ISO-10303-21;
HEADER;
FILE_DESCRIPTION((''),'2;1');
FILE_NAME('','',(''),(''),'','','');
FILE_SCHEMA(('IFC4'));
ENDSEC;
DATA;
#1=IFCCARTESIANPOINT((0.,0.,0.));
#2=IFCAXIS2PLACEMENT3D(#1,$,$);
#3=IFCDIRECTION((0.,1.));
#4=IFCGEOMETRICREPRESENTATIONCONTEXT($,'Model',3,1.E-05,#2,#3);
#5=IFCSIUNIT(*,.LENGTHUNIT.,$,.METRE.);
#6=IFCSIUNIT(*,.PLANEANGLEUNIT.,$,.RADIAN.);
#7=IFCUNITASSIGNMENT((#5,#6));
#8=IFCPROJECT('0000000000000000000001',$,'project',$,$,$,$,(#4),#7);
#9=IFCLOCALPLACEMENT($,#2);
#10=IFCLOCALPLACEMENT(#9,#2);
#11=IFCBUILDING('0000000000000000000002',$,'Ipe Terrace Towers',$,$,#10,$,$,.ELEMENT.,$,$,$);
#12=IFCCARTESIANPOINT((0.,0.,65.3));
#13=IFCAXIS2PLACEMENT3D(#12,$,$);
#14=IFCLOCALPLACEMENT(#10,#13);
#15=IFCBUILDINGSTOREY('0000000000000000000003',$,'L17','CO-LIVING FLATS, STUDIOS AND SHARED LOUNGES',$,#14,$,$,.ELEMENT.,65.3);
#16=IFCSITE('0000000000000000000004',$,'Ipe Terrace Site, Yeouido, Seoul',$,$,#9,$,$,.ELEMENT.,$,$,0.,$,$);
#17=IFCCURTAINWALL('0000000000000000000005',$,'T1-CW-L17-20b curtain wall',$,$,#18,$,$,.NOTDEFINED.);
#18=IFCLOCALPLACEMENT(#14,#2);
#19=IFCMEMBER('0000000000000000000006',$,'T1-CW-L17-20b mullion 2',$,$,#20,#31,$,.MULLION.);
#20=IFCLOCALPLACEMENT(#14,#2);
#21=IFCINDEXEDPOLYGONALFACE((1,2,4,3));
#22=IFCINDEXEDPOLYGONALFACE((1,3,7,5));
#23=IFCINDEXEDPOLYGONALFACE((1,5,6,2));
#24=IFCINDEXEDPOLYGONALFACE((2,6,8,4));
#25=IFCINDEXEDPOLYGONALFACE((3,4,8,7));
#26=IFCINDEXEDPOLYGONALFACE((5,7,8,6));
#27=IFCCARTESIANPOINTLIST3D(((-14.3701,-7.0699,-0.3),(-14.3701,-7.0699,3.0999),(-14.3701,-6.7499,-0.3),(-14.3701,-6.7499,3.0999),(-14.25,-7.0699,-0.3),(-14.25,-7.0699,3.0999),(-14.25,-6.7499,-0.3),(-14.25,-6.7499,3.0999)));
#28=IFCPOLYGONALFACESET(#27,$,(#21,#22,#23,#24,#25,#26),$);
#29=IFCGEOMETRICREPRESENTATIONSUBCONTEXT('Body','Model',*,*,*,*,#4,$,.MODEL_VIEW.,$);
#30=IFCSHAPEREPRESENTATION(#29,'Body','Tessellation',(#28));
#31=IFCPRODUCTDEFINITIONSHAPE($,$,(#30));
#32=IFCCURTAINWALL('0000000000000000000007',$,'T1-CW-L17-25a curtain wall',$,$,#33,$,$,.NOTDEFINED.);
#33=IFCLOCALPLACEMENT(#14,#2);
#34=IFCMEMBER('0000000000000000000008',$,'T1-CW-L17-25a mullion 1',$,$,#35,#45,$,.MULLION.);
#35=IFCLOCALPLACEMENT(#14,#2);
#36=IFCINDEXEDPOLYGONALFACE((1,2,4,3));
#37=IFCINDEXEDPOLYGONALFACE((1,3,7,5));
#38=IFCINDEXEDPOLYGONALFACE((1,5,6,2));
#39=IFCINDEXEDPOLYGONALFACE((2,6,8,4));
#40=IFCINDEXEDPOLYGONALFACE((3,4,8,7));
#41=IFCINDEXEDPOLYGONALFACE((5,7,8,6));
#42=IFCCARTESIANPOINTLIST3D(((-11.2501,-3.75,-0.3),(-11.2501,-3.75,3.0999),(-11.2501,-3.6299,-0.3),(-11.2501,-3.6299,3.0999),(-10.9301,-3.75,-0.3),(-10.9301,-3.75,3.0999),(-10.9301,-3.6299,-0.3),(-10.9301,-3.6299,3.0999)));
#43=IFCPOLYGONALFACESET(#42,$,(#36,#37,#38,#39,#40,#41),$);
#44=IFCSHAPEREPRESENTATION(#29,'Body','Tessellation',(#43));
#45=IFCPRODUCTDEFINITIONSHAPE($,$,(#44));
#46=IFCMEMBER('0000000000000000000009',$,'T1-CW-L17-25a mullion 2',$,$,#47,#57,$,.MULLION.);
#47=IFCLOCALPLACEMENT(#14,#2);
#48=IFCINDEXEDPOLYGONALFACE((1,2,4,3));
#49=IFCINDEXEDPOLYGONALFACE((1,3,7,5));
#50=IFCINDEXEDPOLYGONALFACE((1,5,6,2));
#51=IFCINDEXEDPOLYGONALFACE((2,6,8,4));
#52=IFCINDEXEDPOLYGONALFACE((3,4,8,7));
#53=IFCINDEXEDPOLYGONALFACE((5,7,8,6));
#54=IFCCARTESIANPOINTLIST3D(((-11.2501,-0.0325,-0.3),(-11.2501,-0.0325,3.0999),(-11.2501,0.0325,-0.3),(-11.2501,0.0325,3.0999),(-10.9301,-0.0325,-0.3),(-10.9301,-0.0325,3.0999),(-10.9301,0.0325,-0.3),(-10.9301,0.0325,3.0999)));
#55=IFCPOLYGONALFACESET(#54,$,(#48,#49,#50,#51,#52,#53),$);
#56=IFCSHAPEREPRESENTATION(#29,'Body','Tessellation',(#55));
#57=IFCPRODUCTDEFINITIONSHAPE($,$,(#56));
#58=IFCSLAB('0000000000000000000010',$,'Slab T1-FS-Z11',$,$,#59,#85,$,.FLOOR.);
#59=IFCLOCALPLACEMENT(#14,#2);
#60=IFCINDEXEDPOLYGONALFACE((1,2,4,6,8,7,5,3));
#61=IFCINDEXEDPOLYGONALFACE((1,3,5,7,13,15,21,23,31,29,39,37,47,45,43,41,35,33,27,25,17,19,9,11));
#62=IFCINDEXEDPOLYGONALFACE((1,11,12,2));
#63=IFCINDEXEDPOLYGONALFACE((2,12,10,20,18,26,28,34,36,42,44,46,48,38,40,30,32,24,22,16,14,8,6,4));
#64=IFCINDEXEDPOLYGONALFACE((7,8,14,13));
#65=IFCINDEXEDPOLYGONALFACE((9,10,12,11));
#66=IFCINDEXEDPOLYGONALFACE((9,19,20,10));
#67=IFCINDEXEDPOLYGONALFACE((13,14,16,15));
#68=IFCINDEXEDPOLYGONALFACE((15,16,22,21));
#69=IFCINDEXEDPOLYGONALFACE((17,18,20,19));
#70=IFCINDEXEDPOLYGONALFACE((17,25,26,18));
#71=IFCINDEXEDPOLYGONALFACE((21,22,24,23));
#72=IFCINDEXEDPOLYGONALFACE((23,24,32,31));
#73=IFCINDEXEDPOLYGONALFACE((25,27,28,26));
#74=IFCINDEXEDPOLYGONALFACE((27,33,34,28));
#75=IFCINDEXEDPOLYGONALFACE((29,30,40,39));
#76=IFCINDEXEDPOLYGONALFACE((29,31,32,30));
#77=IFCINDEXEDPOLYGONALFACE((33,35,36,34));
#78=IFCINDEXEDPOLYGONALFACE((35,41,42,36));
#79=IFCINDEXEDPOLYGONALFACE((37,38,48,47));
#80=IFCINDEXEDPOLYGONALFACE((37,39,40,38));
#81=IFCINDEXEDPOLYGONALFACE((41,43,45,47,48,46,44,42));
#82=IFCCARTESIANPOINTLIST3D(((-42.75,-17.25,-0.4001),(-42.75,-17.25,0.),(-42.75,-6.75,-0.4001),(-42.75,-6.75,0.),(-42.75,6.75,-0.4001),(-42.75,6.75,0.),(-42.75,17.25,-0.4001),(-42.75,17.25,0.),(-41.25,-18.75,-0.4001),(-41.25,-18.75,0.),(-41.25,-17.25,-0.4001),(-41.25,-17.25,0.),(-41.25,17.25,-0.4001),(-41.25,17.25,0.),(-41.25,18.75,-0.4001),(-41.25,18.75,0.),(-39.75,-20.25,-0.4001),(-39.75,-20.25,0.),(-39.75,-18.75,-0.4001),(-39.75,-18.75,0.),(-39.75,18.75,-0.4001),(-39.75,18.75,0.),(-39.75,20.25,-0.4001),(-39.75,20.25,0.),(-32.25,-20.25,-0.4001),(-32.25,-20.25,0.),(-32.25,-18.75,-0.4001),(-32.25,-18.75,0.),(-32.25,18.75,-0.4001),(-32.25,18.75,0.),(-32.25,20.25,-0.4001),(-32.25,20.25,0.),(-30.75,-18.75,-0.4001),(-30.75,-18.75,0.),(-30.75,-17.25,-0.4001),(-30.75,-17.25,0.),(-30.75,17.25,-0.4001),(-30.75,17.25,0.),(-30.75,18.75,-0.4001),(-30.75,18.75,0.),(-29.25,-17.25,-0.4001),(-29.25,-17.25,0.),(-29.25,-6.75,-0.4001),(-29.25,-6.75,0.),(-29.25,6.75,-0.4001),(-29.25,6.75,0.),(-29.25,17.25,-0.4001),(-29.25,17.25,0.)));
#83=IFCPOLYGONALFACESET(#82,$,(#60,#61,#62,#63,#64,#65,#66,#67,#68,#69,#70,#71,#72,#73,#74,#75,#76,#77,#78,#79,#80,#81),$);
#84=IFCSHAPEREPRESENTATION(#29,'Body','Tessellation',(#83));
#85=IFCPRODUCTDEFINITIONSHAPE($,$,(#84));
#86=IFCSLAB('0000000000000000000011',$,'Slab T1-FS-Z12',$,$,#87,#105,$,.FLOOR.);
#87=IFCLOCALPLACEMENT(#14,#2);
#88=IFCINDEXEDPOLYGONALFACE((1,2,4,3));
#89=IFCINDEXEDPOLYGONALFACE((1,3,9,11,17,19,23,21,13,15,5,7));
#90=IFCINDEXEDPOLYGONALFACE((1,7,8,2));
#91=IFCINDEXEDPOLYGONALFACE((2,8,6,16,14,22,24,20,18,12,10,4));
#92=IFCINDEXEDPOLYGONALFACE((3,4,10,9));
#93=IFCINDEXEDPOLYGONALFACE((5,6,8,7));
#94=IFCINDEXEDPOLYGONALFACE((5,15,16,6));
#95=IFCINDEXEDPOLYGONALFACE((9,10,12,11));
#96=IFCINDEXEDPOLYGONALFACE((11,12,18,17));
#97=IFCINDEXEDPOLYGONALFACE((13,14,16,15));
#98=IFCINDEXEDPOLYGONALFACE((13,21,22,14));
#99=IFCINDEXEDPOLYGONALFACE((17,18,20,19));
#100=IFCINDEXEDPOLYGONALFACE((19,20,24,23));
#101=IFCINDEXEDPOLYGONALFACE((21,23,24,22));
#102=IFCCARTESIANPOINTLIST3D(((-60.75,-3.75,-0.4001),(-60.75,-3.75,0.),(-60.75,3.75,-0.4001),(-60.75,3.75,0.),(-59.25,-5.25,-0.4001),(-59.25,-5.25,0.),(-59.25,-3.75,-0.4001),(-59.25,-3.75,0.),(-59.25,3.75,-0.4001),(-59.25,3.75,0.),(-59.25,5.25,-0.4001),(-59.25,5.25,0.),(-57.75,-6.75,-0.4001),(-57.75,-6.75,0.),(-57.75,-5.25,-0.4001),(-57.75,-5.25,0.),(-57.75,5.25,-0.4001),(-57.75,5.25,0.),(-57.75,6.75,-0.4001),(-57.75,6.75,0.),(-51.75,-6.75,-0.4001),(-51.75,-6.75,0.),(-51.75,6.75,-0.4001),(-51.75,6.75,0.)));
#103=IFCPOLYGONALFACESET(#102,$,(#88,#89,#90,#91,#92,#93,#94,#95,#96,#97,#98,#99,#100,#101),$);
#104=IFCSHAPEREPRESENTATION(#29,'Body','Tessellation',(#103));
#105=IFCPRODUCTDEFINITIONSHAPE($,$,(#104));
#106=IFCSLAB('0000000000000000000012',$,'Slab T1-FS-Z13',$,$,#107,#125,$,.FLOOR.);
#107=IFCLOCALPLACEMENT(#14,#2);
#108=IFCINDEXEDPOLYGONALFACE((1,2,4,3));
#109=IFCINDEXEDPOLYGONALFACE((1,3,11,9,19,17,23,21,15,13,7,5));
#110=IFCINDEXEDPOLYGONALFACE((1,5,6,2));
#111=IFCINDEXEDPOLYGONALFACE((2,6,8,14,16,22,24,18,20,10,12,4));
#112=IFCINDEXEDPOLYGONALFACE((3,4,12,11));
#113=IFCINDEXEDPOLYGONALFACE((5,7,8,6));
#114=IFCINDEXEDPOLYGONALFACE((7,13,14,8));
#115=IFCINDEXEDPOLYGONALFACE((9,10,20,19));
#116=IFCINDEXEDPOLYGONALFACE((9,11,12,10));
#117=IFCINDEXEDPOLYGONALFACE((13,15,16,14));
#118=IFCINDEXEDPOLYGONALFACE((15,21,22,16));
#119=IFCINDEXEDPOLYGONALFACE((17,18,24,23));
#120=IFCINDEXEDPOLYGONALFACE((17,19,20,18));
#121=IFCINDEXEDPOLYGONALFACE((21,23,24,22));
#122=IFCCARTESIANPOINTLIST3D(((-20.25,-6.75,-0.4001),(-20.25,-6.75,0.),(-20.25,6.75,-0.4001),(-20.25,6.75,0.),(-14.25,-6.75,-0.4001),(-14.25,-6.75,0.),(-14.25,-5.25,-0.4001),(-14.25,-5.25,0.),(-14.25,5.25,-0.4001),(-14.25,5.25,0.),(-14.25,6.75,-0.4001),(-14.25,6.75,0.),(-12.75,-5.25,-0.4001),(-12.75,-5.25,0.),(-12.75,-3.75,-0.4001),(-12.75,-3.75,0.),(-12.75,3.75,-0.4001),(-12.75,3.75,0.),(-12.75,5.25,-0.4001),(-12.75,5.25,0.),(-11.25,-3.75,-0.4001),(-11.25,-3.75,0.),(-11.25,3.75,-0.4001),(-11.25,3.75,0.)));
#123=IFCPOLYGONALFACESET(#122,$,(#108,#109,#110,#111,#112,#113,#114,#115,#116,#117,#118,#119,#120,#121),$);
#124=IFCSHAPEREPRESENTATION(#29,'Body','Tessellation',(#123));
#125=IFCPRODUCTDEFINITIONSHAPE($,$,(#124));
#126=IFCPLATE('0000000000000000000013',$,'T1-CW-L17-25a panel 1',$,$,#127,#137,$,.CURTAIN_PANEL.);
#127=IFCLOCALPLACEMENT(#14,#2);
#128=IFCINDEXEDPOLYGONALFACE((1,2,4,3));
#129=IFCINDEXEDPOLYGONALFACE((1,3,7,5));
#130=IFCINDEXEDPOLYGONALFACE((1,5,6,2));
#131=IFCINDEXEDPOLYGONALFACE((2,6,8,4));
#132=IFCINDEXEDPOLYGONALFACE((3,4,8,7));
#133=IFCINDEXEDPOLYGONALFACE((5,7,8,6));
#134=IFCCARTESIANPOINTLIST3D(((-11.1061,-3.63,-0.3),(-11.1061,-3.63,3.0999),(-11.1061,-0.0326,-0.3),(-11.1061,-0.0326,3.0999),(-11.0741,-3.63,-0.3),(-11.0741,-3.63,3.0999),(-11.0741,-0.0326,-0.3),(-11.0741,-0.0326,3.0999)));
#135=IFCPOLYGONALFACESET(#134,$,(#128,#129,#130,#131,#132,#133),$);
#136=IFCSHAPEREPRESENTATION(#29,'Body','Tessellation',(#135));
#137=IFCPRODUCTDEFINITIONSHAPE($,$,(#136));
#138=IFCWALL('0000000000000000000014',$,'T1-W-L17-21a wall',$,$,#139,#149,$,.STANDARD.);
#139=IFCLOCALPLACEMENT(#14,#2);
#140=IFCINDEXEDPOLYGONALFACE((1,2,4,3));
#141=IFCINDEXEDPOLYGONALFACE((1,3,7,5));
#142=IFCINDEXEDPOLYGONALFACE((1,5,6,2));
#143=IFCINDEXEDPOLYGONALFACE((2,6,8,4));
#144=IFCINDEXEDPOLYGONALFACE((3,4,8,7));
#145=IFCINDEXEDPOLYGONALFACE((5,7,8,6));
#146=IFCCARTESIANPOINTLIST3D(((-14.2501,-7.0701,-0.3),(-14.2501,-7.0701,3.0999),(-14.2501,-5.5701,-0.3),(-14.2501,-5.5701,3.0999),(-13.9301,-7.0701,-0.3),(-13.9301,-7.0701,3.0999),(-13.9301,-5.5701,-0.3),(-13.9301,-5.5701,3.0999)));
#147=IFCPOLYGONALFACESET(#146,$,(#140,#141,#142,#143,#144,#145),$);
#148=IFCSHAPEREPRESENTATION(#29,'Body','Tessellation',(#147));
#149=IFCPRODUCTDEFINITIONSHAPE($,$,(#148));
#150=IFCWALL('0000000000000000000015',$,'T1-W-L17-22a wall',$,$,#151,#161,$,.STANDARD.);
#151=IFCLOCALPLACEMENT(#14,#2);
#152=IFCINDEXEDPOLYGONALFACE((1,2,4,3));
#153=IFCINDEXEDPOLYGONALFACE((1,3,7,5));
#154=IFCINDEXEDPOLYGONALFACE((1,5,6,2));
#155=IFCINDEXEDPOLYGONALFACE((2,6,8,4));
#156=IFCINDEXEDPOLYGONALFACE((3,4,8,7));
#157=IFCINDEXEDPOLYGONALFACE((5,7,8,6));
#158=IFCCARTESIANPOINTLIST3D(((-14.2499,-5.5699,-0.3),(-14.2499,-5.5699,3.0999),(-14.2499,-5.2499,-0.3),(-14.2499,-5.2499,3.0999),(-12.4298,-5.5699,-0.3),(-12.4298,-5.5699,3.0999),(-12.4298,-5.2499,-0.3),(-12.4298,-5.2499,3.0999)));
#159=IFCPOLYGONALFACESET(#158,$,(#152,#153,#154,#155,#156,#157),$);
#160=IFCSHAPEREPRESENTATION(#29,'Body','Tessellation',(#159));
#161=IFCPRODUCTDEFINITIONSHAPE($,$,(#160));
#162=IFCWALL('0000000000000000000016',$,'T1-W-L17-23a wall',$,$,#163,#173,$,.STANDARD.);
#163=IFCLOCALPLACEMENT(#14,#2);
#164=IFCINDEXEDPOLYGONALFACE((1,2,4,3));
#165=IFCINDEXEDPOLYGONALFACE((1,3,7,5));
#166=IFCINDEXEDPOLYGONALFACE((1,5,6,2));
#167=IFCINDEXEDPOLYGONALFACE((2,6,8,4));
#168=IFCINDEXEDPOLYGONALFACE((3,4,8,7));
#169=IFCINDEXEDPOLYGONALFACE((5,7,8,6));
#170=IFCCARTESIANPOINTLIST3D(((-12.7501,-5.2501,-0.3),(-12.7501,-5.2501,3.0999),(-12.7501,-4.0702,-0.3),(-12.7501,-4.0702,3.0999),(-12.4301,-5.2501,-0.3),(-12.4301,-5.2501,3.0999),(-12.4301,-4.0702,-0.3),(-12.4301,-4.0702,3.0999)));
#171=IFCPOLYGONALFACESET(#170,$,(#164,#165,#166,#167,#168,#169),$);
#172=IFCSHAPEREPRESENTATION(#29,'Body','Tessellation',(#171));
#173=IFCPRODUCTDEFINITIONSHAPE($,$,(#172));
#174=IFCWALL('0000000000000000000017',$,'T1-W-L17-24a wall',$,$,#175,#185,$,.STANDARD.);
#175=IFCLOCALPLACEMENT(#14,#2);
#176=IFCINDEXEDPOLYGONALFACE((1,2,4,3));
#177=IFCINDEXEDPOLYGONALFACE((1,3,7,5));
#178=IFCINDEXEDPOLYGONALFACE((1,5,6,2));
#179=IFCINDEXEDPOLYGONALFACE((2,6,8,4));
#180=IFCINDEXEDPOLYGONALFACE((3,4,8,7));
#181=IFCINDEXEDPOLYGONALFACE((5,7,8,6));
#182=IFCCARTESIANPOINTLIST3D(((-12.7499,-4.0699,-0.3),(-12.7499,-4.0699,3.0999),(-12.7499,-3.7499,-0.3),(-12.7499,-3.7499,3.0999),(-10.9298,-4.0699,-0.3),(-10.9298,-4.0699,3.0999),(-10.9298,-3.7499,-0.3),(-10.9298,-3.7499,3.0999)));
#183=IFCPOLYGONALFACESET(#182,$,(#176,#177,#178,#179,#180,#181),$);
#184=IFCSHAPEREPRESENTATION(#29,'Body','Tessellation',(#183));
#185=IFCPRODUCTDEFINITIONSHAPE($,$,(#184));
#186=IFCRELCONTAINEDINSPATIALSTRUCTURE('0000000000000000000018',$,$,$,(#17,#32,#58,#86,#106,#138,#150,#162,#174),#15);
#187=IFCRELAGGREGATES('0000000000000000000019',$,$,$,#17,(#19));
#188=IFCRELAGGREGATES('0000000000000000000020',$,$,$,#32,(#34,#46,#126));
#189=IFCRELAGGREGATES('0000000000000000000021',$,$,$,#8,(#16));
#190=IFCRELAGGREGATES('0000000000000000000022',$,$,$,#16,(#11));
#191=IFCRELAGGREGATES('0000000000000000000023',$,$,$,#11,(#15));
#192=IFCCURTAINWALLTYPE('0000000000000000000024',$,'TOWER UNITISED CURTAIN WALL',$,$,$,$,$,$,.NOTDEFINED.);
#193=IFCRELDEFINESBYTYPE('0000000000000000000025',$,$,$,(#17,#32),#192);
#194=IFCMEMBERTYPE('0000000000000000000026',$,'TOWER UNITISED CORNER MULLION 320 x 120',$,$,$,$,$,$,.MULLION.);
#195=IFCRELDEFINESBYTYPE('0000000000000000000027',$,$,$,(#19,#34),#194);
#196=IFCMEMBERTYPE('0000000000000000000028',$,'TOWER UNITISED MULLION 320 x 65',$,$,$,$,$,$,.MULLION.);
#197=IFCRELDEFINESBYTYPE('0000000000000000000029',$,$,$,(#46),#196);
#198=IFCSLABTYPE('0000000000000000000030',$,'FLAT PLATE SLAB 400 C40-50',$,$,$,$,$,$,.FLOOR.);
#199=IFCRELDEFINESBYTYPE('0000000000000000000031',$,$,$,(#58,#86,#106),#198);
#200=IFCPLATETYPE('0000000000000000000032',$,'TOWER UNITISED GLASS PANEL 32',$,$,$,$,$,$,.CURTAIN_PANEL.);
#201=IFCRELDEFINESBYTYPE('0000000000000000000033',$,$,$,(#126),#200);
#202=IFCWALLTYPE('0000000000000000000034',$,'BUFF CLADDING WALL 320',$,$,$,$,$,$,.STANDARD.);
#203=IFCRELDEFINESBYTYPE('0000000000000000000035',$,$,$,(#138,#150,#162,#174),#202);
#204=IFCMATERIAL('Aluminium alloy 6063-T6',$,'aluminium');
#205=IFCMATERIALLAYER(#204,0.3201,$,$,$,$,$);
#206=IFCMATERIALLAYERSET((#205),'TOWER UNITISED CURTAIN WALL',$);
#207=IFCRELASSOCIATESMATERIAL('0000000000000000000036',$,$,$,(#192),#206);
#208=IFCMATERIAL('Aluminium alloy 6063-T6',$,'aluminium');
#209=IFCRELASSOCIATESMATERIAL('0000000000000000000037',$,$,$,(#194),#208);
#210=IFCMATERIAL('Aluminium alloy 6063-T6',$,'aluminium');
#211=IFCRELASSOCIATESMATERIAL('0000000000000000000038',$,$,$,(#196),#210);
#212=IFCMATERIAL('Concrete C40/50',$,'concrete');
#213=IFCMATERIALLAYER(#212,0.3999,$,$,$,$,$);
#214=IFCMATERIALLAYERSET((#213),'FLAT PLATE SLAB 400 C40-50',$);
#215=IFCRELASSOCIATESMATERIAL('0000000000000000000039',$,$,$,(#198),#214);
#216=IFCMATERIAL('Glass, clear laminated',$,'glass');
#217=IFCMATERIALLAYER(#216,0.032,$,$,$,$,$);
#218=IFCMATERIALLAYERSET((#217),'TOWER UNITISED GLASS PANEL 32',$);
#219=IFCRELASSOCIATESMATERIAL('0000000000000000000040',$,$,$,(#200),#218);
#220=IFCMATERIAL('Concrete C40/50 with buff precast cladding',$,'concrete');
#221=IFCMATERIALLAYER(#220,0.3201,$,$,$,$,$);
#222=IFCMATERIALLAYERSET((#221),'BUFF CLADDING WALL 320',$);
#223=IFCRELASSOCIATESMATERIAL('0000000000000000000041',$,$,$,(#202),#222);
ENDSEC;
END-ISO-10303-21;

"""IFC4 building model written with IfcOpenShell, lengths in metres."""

from ifc_helpers import new_model, si_unit, direction, frame, frame_2d, origin, origin_2d, place, context, subcontext, project, spatial, polyline, rectangle, outline, extrude, material, layer, layer_set, material_profile, profile_set, type_object, element, aggregate, save


model = new_model("IFC4")

# Units and contexts
model_context = context("Model", 3, precision=1e-05, world=origin(), true_north=direction((0.0, 1.0)))
body_context = subcontext(model_context, "Body", "Model", "MODEL_VIEW")
ifc_project = project(units=[si_unit("LENGTHUNIT", "METRE"), si_unit("PLANEANGLEUNIT", "RADIAN")], contexts=[model_context])

# Site, building, storey
site_placement = place(None, origin())
site = spatial("IfcSite", under=ifc_project, at=site_placement, Name="Ipe Terrace Site, Yeouido, Seoul", CompositionType="ELEMENT", RefElevation=0.0)
building_placement = place(site_placement, origin())
building = spatial("IfcBuilding", under=site, at=building_placement, Name="Ipe Terrace Towers", CompositionType="ELEMENT")
storey_placement = place(building_placement, frame((0.0, 0.0, 65.3)))
storey = spatial("IfcBuildingStorey", under=building, at=storey_placement, Name="L17", Description="CO-LIVING FLATS, STUDIOS AND SHARED LOUNGES", CompositionType="ELEMENT", Elevation=65.3)

# Curtain wall, member
ifc_material_1 = material(Name="Aluminium alloy 6063-T6", Category="aluminium")
ifc_layer_1 = layer(ifc_material_1, 0.3201)
ifc_layer_set_1 = layer_set([ifc_layer_1], Name="TOWER UNITISED CURTAIN WALL")
curtain_wall_type = type_object("IfcCurtainWallType", Name="TOWER UNITISED CURTAIN WALL", PredefinedType="NOTDEFINED", material=ifc_layer_set_1)
curtain_wall_1_placement = place(storey_placement, origin())
curtain_wall_1 = element("IfcCurtainWall", 1, at=curtain_wall_1_placement, inside=storey, type_object=curtain_wall_type, Name="T1-CW-L17-20b curtain wall", PredefinedType="NOTDEFINED")
ifc_material_2 = material(Name="Aluminium alloy 6063-T6", Category="aluminium")
ifc_material_profile_1 = material_profile(ifc_material_2, rectangle(XDim=0.3201, YDim=0.1201, at=origin_2d()), Name="TOWER UNITISED CORNER MULLION 320 x 120")
ifc_profile_set_1 = profile_set([ifc_material_profile_1], Name="Aluminium alloy 6063-T6")
member_type_1 = type_object("IfcMemberType", Name="TOWER UNITISED CORNER MULLION 320 x 120", PredefinedType="MULLION", material=ifc_profile_set_1)
member_1_placement = place(storey_placement, frame((-14.3101, -6.9099, -0.3), z_axis=(0.0, 0.0, 1.0), x_axis=(0.0, -1.0, 0.0)))
member_1 = element("IfcMember", 2, at=member_1_placement, type_object=member_type_1, Name="T1-CW-L17-20b mullion 2", PredefinedType="MULLION", context=body_context, shape_type="SweptSolid", body=[
    extrude(rectangle(XDim=0.3201, YDim=0.1201, at=origin_2d()), origin(), (0.0, 0.0, 1.0), 3.3999),
])
aggregate(curtain_wall_1, [member_1])

# Curtain wall, members
curtain_wall_2_placement = place(storey_placement, origin())
curtain_wall_2 = element("IfcCurtainWall", 3, at=curtain_wall_2_placement, inside=storey, type_object=curtain_wall_type, Name="T1-CW-L17-25a curtain wall", PredefinedType="NOTDEFINED")
member_2_placement = place(storey_placement, frame((-11.0901, -3.6899, -0.3), z_axis=(0.0, 0.0, 1.0), x_axis=(1.0, 0.0, 0.0)))
member_2 = element("IfcMember", 4, at=member_2_placement, type_object=member_type_1, Name="T1-CW-L17-25a mullion 1", PredefinedType="MULLION", context=body_context, shape_type="SweptSolid", body=[
    extrude(rectangle(XDim=0.3201, YDim=0.1201, at=origin_2d()), origin(), (0.0, 0.0, 1.0), 3.3999),
])
ifc_material_3 = material(Name="Aluminium alloy 6063-T6", Category="aluminium")
ifc_material_profile_2 = material_profile(ifc_material_3, rectangle(XDim=0.3201, YDim=0.0649, at=origin_2d()), Name="TOWER UNITISED MULLION 320 x 65")
ifc_profile_set_2 = profile_set([ifc_material_profile_2], Name="Aluminium alloy 6063-T6")
member_type_2 = type_object("IfcMemberType", Name="TOWER UNITISED MULLION 320 x 65", PredefinedType="MULLION", material=ifc_profile_set_2)
member_3_placement = place(storey_placement, frame((-11.0901, 0.0, -0.3), z_axis=(0.0, 0.0, 1.0), x_axis=(1.0, 0.0, 0.0)))
member_3 = element("IfcMember", 5, at=member_3_placement, type_object=member_type_2, Name="T1-CW-L17-25a mullion 2", PredefinedType="MULLION", context=body_context, shape_type="SweptSolid", body=[
    extrude(rectangle(XDim=0.3201, YDim=0.0649, at=origin_2d()), origin(), (0.0, 0.0, 1.0), 3.3999),
])

# Slabs
ifc_material_4 = material(Name="Concrete C40/50", Category="concrete")
ifc_layer_2 = layer(ifc_material_4, 0.3999)
ifc_layer_set_2 = layer_set([ifc_layer_2], Name="FLAT PLATE SLAB 400 C40-50")
slab_type = type_object("IfcSlabType", Name="FLAT PLATE SLAB 400 C40-50", PredefinedType="FLOOR", material=ifc_layer_set_2)
slab_1_placement = place(storey_placement, frame((0.0, 0.0, -0.4001)))
element("IfcSlab", 6, at=slab_1_placement, inside=storey, type_object=slab_type, Name="Slab T1-FS-Z11", PredefinedType="FLOOR", context=body_context, shape_type="SweptSolid", body=[
    extrude(outline(polyline([(-30.75, -17.25), (-30.75, -18.75), (-32.25, -18.75), (-32.25, -20.25), (-39.75, -20.25), (-39.75, -18.75), (-41.25, -18.75), (-41.25, -17.25), (-42.75, -17.25), (-42.75, -6.75), (-42.75, 6.75), (-42.75, 17.25), (-41.25, 17.25), (-41.25, 18.75), (-39.75, 18.75), (-39.75, 20.25), (-32.25, 20.25), (-32.25, 18.75), (-30.75, 18.75), (-30.75, 17.25), (-29.25, 17.25), (-29.25, 6.75), (-29.25, -6.75), (-29.25, -17.25), (-30.75, -17.25)])), origin(), (0.0, 0.0, 1.0), 0.4001),
])
slab_2_placement = place(storey_placement, frame((0.0, 0.0, -0.4001)))
element("IfcSlab", 7, at=slab_2_placement, inside=storey, type_object=slab_type, Name="Slab T1-FS-Z12", PredefinedType="FLOOR", context=body_context, shape_type="SweptSolid", body=[
    extrude(outline(polyline([(-57.75, -6.75), (-57.75, -5.25), (-59.25, -5.25), (-59.25, -3.75), (-60.75, -3.75), (-60.75, 3.75), (-59.25, 3.75), (-59.25, 5.25), (-57.75, 5.25), (-57.75, 6.75), (-51.75, 6.75), (-51.75, -6.75), (-57.75, -6.75)])), origin(), (0.0, 0.0, 1.0), 0.4001),
])
slab_3_placement = place(storey_placement, frame((0.0, 0.0, -0.4001)))
element("IfcSlab", 8, at=slab_3_placement, inside=storey, type_object=slab_type, Name="Slab T1-FS-Z13", PredefinedType="FLOOR", context=body_context, shape_type="SweptSolid", body=[
    extrude(outline(polyline([(-14.25, 5.25), (-12.75, 5.25), (-12.75, 3.75), (-11.25, 3.75), (-11.25, -3.75), (-12.75, -3.75), (-12.75, -5.25), (-14.25, -5.25), (-14.25, -6.75), (-20.25, -6.75), (-20.25, 6.75), (-14.25, 6.75), (-14.25, 5.25)])), origin(), (0.0, 0.0, 1.0), 0.4001),
])

# Plate
ifc_material_5 = material(Name="Glass, clear laminated", Category="glass")
ifc_layer_3 = layer(ifc_material_5, 0.032)
ifc_layer_set_3 = layer_set([ifc_layer_3], Name="TOWER UNITISED GLASS PANEL 32")
plate_type = type_object("IfcPlateType", Name="TOWER UNITISED GLASS PANEL 32", PredefinedType="CURTAIN_PANEL", material=ifc_layer_set_3)
plate_placement = place(storey_placement, frame((-11.0901, -1.8313, -0.3), z_axis=(0.0, 0.0, 1.0), x_axis=(0.0, 1.0, 0.0)))
plate = element("IfcPlate", 9, at=plate_placement, type_object=plate_type, Name="T1-CW-L17-25a panel 1", PredefinedType="CURTAIN_PANEL", context=body_context, shape_type="SweptSolid", body=[
    extrude(rectangle(XDim=3.5974, YDim=0.032, at=origin_2d()), origin(), (0.0, 0.0, 1.0), 3.3999),
])
aggregate(curtain_wall_2, [member_2, member_3, plate])

# Walls
ifc_material_6 = material(Name="Concrete C40/50 with buff precast cladding", Category="concrete")
ifc_layer_4 = layer(ifc_material_6, 0.3201)
ifc_layer_set_4 = layer_set([ifc_layer_4], Name="BUFF CLADDING WALL 320")
wall_type_1 = type_object("IfcWallType", Name="BUFF CLADDING WALL 320", PredefinedType="STANDARD", material=ifc_layer_set_4)
wall_1_placement = place(storey_placement, frame((-14.0901, -7.0701, -0.3), z_axis=(0.0, 0.0, 1.0), x_axis=(0.0, 1.0, 0.0)))
element("IfcWall", 10, at=wall_1_placement, inside=storey, type_object=wall_type_1, Name="T1-W-L17-21a wall", PredefinedType="STANDARD", context=body_context, shape_type="SweptSolid", body=[
    extrude(rectangle(XDim=1.5, YDim=0.3201, at=frame_2d((0.75, 0.0))), origin(), (0.0, 0.0, 1.0), 3.3999),
])
wall_2_placement = place(storey_placement, frame((-14.25, -5.4099, -0.3), z_axis=(0.0, 0.0, 1.0), x_axis=(1.0, 0.0, 0.0)))
element("IfcWall", 11, at=wall_2_placement, inside=storey, type_object=wall_type_1, Name="T1-W-L17-22a wall", PredefinedType="STANDARD", context=body_context, shape_type="SweptSolid", body=[
    extrude(rectangle(XDim=1.8201, YDim=0.3201, at=frame_2d((0.9102, 0.0))), origin(), (0.0, 0.0, 1.0), 3.3999),
])
wall_3_placement = place(storey_placement, frame((-12.5901, -5.25, -0.3), z_axis=(0.0, 0.0, 1.0), x_axis=(0.0, 1.0, 0.0)))
element("IfcWall", 12, at=wall_3_placement, inside=storey, type_object=wall_type_1, Name="T1-W-L17-23a wall", PredefinedType="STANDARD", context=body_context, shape_type="SweptSolid", body=[
    extrude(rectangle(XDim=1.1799, YDim=0.3201, at=frame_2d((0.5898, 0.0))), origin(), (0.0, 0.0, 1.0), 3.3999),
])
wall_4_placement = place(storey_placement, frame((-12.75, -3.9099, -0.3), z_axis=(0.0, 0.0, 1.0), x_axis=(1.0, 0.0, 0.0)))
element("IfcWall", 13, at=wall_4_placement, inside=storey, type_object=wall_type_1, Name="T1-W-L17-24a wall", PredefinedType="STANDARD", context=body_context, shape_type="SweptSolid", body=[
    extrude(rectangle(XDim=1.8201, YDim=0.3201, at=frame_2d((0.9102, 0.0))), origin(), (0.0, 0.0, 1.0), 3.3999),
])

save(model, "model.ifc")
